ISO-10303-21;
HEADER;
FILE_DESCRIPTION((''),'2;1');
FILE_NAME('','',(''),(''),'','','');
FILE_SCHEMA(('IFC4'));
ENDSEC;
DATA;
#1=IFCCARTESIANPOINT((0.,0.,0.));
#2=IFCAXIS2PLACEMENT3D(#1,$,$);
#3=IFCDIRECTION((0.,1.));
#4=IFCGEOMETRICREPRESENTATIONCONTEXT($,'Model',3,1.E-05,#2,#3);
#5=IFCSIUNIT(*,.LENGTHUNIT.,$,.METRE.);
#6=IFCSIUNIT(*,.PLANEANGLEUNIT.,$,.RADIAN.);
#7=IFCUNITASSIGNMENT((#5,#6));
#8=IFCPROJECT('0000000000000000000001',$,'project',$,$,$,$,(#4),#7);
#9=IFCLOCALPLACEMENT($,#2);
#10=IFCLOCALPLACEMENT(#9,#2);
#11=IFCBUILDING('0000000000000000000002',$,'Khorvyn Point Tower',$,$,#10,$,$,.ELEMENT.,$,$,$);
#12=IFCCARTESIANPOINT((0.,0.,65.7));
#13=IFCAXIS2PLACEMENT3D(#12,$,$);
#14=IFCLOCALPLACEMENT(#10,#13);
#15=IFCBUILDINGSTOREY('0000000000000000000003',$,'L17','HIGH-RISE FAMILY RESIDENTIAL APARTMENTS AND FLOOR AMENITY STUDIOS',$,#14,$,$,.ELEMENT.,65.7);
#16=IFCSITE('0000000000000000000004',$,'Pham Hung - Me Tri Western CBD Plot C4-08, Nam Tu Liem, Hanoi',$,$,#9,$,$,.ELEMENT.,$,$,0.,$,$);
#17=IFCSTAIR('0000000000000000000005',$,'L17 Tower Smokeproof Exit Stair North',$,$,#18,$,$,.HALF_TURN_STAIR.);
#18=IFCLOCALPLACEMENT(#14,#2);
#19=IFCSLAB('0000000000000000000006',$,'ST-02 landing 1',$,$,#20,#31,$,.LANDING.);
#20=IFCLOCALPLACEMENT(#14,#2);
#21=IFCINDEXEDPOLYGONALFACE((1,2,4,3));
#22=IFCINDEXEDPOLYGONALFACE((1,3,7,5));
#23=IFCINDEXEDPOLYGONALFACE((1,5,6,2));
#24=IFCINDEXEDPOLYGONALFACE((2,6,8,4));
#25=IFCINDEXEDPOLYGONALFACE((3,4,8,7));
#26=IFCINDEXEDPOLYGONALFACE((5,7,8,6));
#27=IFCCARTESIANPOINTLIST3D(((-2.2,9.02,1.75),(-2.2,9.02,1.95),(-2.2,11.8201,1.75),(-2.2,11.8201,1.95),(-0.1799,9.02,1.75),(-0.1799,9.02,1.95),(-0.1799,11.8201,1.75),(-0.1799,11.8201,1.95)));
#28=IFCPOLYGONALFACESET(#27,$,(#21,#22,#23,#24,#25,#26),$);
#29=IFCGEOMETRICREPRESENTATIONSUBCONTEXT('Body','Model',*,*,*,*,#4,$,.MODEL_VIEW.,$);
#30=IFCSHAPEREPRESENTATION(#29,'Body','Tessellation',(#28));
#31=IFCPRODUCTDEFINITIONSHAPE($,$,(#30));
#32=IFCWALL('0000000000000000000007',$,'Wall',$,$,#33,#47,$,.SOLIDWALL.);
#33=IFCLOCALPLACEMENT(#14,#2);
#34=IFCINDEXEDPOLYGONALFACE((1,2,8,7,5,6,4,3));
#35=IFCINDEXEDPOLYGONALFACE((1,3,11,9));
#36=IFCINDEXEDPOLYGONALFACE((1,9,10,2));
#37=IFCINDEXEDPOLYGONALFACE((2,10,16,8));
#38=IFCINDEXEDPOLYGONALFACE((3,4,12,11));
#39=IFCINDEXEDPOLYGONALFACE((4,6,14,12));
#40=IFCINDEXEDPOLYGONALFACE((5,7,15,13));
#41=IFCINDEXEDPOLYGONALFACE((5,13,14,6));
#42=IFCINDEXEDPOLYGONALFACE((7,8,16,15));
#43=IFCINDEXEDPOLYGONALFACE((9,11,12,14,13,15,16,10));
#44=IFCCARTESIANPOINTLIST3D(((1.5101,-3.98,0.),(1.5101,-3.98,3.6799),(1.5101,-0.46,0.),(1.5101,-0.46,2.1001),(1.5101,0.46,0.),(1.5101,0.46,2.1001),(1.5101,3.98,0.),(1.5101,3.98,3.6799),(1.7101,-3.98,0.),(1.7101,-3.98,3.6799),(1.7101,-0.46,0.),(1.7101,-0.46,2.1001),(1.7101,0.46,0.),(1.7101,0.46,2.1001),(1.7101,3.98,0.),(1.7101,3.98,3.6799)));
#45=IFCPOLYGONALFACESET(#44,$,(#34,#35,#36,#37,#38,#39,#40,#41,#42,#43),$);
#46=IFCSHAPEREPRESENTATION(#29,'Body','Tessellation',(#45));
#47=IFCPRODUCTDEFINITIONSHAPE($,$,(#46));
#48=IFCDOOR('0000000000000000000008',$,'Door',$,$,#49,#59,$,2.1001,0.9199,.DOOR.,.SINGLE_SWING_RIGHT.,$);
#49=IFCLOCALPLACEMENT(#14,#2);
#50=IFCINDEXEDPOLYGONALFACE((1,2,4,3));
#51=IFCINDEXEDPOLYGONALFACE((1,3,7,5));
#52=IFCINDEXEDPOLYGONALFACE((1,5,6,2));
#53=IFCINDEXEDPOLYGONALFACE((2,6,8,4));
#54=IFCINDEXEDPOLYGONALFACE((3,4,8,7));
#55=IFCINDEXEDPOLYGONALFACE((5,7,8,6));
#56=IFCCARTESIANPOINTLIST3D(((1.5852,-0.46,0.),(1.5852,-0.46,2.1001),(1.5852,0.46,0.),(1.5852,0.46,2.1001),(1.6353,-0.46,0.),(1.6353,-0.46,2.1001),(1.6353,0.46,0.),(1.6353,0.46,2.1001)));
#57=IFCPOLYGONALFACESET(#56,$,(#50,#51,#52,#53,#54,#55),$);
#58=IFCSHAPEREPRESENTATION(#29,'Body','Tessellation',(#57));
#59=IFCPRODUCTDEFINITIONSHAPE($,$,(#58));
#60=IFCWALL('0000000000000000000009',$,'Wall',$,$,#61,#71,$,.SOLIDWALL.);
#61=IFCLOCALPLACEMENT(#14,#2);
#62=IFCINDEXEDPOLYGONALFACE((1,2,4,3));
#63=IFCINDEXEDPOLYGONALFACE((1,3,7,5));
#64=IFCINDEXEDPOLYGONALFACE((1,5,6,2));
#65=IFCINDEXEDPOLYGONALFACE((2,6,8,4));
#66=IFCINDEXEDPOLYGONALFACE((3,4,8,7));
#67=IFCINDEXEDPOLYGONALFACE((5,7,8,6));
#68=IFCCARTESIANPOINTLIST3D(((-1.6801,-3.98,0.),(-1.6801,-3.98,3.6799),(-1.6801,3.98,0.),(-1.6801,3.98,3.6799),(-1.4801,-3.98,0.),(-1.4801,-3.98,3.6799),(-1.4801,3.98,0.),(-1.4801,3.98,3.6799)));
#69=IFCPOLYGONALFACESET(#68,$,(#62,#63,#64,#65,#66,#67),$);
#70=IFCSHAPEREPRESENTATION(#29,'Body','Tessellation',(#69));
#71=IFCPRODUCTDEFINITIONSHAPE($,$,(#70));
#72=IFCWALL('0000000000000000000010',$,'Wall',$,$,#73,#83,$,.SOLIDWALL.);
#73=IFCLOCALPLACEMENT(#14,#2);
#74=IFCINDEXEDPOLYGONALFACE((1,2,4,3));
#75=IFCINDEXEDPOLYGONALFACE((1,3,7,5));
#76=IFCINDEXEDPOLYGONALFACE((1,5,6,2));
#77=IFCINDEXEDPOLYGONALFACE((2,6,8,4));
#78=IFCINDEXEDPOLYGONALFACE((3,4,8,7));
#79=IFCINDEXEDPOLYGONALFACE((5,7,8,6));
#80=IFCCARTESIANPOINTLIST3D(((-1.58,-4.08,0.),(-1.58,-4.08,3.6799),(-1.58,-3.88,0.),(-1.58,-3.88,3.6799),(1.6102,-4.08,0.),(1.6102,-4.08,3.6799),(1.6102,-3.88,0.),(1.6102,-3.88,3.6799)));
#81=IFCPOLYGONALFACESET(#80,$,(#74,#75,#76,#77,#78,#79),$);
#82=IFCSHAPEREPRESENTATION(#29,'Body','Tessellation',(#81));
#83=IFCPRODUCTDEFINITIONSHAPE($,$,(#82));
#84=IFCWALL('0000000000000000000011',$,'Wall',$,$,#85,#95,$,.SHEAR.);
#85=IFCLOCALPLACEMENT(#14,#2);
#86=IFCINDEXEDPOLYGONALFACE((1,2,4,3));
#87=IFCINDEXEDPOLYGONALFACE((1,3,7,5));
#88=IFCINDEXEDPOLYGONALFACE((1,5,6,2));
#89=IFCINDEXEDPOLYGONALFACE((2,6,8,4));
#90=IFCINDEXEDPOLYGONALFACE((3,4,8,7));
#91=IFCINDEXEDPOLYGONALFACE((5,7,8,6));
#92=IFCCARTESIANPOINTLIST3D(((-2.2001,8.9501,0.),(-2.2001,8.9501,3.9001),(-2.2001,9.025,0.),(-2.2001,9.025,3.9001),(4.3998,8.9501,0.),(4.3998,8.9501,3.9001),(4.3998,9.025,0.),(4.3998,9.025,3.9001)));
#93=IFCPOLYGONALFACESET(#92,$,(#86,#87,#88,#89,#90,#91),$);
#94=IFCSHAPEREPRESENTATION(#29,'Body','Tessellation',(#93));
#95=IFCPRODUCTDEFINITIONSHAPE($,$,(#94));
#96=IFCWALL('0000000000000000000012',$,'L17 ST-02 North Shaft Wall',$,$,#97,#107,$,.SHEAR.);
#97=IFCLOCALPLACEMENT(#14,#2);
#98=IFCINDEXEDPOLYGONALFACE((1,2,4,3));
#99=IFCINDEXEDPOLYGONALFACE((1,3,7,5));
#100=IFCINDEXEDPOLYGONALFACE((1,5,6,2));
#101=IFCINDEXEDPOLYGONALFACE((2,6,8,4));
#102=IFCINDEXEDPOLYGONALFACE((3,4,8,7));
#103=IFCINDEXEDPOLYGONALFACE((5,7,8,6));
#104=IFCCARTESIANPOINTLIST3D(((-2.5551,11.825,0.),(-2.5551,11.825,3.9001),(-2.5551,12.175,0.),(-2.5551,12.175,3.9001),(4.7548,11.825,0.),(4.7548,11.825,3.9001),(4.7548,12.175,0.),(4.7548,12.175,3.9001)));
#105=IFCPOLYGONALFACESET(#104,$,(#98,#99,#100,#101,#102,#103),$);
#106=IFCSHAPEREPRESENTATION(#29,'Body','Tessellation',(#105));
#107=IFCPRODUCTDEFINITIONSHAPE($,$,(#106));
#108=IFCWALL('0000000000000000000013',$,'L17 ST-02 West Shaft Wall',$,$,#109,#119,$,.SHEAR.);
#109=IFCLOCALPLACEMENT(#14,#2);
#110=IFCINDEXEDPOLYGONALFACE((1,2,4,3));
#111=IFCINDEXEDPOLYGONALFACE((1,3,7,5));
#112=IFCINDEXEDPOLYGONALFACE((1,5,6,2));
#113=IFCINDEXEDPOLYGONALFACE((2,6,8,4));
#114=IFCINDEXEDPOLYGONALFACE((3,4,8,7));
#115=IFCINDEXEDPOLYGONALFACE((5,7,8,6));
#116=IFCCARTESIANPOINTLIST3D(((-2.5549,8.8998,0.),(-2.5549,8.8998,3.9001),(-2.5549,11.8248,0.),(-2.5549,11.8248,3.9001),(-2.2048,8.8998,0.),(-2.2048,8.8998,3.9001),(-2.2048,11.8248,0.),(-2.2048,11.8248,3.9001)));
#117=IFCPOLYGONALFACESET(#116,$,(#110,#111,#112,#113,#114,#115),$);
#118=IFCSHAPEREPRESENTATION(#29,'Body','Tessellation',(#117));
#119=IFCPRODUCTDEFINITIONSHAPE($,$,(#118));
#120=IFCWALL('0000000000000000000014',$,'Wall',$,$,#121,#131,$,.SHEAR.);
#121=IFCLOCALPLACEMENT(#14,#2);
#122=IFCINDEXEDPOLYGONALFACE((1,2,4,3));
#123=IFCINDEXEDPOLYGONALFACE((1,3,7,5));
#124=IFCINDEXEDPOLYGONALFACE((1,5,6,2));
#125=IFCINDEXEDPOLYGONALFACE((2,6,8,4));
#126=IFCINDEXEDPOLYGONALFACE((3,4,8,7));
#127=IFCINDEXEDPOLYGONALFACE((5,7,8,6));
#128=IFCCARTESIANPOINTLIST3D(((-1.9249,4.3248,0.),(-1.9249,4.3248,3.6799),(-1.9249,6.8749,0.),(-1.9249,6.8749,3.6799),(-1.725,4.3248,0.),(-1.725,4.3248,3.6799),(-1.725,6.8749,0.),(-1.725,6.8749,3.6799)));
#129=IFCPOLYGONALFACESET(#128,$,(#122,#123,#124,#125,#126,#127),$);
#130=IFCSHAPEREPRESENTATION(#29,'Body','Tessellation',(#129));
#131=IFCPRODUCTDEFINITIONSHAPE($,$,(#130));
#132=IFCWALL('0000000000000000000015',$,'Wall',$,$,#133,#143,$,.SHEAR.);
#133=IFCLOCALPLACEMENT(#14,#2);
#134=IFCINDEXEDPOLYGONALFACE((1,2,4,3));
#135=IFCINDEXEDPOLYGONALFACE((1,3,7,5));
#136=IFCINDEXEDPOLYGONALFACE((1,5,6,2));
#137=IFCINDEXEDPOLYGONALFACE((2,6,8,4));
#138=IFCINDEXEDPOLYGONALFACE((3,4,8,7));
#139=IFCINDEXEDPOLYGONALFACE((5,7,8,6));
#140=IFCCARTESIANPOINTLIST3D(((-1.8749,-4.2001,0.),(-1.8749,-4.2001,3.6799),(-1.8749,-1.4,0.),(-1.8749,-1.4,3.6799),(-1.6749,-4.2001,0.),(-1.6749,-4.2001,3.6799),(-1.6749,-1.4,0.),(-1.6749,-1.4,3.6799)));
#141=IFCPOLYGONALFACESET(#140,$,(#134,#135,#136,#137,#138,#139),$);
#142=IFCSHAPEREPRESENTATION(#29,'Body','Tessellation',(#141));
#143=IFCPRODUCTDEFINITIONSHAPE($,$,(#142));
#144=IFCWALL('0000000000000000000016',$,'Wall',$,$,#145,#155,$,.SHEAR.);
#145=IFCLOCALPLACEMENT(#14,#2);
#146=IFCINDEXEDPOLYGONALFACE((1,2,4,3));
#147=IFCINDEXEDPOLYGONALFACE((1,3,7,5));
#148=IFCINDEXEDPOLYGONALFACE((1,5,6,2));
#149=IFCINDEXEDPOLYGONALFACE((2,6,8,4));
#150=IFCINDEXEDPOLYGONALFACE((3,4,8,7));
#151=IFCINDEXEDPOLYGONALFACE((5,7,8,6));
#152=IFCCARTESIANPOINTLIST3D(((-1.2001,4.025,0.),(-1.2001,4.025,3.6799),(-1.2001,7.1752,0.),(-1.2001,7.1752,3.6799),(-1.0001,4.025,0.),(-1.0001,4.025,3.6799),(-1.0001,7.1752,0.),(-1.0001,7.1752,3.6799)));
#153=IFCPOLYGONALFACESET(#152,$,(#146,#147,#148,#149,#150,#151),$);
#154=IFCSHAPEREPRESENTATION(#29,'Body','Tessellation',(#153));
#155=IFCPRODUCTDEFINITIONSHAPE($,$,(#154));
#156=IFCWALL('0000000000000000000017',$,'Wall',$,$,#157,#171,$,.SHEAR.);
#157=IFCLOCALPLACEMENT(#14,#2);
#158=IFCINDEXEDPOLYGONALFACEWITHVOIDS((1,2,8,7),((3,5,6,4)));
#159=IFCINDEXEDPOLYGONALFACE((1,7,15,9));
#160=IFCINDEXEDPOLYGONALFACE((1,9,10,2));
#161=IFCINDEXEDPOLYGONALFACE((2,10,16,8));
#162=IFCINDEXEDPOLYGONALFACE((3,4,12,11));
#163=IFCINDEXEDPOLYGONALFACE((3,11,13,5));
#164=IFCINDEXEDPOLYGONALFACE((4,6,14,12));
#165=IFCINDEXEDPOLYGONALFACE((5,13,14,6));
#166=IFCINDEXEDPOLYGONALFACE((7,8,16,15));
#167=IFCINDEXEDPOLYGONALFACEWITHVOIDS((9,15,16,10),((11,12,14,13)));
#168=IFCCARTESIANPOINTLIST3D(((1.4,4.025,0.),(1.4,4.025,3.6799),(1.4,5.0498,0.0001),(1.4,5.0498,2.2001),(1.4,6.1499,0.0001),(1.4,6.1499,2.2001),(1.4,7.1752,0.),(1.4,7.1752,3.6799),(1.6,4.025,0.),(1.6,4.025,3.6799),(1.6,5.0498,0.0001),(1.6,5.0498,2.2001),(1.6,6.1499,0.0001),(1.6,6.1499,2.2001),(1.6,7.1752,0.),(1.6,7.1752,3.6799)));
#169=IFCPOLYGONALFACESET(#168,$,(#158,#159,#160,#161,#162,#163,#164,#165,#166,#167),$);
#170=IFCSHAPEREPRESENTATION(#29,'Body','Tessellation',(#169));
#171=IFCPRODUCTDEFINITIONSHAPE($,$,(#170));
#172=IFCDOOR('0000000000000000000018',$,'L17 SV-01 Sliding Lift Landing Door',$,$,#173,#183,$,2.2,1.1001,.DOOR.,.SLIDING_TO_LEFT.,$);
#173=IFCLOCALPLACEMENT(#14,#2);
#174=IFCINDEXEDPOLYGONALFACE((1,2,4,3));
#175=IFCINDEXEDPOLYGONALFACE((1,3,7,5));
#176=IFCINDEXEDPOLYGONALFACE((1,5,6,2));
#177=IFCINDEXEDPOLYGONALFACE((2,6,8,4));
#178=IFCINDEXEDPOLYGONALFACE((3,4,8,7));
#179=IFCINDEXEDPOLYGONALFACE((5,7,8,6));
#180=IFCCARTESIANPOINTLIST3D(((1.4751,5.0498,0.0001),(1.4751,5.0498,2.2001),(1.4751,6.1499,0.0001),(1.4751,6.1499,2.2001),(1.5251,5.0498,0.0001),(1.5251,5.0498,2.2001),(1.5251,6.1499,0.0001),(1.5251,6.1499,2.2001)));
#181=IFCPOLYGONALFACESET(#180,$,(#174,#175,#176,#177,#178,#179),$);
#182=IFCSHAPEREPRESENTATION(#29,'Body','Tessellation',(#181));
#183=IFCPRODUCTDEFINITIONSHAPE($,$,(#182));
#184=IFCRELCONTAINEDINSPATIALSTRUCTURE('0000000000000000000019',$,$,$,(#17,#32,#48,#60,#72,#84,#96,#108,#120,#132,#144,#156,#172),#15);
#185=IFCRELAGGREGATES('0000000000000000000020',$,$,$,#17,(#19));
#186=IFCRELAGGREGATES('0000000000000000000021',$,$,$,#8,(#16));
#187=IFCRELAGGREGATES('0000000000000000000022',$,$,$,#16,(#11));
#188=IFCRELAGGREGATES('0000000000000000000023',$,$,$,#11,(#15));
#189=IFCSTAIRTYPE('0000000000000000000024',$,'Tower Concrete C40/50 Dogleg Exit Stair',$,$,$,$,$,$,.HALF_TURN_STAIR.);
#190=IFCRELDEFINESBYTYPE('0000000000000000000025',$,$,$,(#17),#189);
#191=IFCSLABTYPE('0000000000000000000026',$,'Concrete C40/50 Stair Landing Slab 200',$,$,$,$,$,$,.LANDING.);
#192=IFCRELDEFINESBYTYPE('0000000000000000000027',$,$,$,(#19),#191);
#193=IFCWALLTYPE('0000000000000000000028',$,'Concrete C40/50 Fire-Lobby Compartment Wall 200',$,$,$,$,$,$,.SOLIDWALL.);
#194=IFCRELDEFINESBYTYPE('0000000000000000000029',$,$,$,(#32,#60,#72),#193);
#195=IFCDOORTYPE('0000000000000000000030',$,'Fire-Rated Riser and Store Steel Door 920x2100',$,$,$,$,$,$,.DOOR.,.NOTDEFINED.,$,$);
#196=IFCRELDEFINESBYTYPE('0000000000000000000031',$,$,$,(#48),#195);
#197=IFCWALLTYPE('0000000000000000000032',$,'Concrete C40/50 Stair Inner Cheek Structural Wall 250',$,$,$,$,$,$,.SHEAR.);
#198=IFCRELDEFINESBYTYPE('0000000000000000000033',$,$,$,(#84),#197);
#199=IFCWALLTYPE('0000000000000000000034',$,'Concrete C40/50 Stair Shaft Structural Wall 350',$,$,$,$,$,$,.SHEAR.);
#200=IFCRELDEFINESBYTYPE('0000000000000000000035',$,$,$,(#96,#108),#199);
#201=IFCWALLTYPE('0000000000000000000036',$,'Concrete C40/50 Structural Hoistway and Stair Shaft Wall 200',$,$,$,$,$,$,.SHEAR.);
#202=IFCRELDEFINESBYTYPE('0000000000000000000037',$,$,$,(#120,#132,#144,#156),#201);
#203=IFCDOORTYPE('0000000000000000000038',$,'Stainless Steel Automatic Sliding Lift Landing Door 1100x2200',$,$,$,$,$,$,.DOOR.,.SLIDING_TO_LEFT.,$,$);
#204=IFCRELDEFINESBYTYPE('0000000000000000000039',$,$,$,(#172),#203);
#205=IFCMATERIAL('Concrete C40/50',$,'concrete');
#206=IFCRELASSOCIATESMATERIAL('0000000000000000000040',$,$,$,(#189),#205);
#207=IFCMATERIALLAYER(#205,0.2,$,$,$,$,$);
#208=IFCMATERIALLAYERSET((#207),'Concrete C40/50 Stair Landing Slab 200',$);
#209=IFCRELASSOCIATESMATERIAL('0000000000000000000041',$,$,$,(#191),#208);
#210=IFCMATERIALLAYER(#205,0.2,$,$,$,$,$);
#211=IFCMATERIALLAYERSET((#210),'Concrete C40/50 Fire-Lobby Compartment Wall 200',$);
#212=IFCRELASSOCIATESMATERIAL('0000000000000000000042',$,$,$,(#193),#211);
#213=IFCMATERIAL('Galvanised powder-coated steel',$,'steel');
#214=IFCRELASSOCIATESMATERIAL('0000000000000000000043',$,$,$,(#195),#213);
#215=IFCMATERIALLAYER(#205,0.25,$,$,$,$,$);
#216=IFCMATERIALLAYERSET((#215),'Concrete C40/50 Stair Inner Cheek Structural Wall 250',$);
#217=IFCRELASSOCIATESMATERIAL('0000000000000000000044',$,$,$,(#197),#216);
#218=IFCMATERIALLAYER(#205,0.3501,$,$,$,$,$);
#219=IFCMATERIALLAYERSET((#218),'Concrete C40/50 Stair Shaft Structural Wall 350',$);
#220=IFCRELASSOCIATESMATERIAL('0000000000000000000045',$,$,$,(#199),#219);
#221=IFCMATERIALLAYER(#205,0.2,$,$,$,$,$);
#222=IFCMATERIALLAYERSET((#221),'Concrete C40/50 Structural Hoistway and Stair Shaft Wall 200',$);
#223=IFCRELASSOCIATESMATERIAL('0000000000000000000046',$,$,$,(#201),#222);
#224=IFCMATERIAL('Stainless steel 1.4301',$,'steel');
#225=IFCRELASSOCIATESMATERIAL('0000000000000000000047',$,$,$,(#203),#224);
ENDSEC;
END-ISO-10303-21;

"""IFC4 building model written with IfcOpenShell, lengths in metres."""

from ifc_helpers import new_model, si_unit, direction, frame, frame_2d, origin, place, context, subcontext, project, spatial, polyline, rectangle, outline, extrude, material, layer, layer_set, type_object, element, fill, aggregate, save


model = new_model("IFC4")

# Units and contexts
model_context = context("Model", 3, precision=1e-05, world=origin(), true_north=direction((0.0, 1.0)))
body_context = subcontext(model_context, "Body", "Model", "MODEL_VIEW")
ifc_project = project(units=[si_unit("LENGTHUNIT", "METRE"), si_unit("PLANEANGLEUNIT", "RADIAN")], contexts=[model_context])

# Site, building, storey
site_placement = place(None, origin())
site = spatial("IfcSite", under=ifc_project, at=site_placement, Name="Pham Hung - Me Tri Western CBD Plot C4-08, Nam Tu Liem, Hanoi", CompositionType="ELEMENT", RefElevation=0.0)
building_placement = place(site_placement, origin())
building = spatial("IfcBuilding", under=site, at=building_placement, Name="Khorvyn Point Tower", CompositionType="ELEMENT")
storey_placement = place(building_placement, frame((0.0, 0.0, 65.7)))
storey = spatial("IfcBuildingStorey", under=building, at=storey_placement, Name="L17", Description="HIGH-RISE FAMILY RESIDENTIAL APARTMENTS AND FLOOR AMENITY STUDIOS", CompositionType="ELEMENT", Elevation=65.7)

# Shared definitions
ifc_material_1 = material(Name="Concrete C40/50", Category="concrete")

# Stair, slab
stair_type = type_object("IfcStairType", Name="Tower Concrete C40/50 Dogleg Exit Stair", PredefinedType="HALF_TURN_STAIR", material=ifc_material_1)
ifc_layer_1 = layer(ifc_material_1, 0.2)
ifc_layer_set_1 = layer_set([ifc_layer_1], Name="Concrete C40/50 Stair Landing Slab 200")
slab_type_1 = type_object("IfcSlabType", Name="Concrete C40/50 Stair Landing Slab 200", PredefinedType="LANDING", material=ifc_layer_set_1)
stair_1_placement = place(storey_placement, origin())
stair_1 = element("IfcStair", 1, at=stair_1_placement, inside=storey, type_object=stair_type, Name="L17 Tower Smokeproof Exit Stair North", PredefinedType="HALF_TURN_STAIR")
slab_1_placement = place(storey_placement, frame((0.0, 0.0, 1.75)))
slab_1 = element("IfcSlab", 2, at=slab_1_placement, type_object=slab_type_1, Name="ST-02 landing 1", PredefinedType="LANDING", context=body_context, shape_type="SweptSolid", body=[
    extrude(outline(polyline([(-0.1799, 11.8201), (-2.2, 11.8201), (-2.2, 9.02), (-0.1799, 9.02), (-0.1799, 11.8201)])), origin(), (0.0, 0.0, 1.0), 0.2),
])

# Wall, opening, door
ifc_layer_2 = layer(ifc_material_1, 0.2)
ifc_layer_set_2 = layer_set([ifc_layer_2], Name="Concrete C40/50 Fire-Lobby Compartment Wall 200")
wall_type_1 = type_object("IfcWallType", Name="Concrete C40/50 Fire-Lobby Compartment Wall 200", PredefinedType="SOLIDWALL", material=ifc_layer_set_2)
wall_1_placement = place(storey_placement, frame((1.6101, -3.98, 0.0), z_axis=(0.0, 0.0, 1.0), x_axis=(0.0, 1.0, 0.0)))
wall_1 = element("IfcWall", 3, at=wall_1_placement, inside=storey, type_object=wall_type_1, Name="Wall", PredefinedType="SOLIDWALL", context=body_context, shape_type="SweptSolid", body=[
    extrude(rectangle(XDim=7.96, YDim=0.2, at=frame_2d((3.98, 0.0))), origin(), (0.0, 0.0, 1.0), 3.6799),
])
opening_1_placement = place(wall_1_placement, frame((3.52, 0.0, 0.0)))
opening_1 = element("IfcOpeningElement", 4, at=opening_1_placement, cuts=wall_1, PredefinedType="OPENING", context=body_context, shape_type="SweptSolid", body=[
    extrude(rectangle(XDim=0.9199, YDim=2.1001, at=frame_2d((0.46, 1.05))), frame((0.0, 0.1099, 0.0), z_axis=(0.0, -1.0, 0.0), x_axis=(1.0, 0.0, 0.0)), (0.0, 0.0, 1.0), 0.22),
])
ifc_material_2 = material(Name="Galvanised powder-coated steel", Category="steel")
door_type_1 = type_object("IfcDoorType", Name="Fire-Rated Riser and Store Steel Door 920x2100", OperationType="NOTDEFINED", PredefinedType="DOOR", material=ifc_material_2)
door_1_placement = place(opening_1_placement, origin())
door_1 = element("IfcDoor", 5, at=door_1_placement, inside=storey, type_object=door_type_1, Name="Door", OperationType="SINGLE_SWING_RIGHT", OverallHeight=2.1001, OverallWidth=0.9199, PredefinedType="DOOR", context=body_context, shape_type="SweptSolid", body=[
    extrude(rectangle(XDim=0.9199, YDim=2.1001, at=frame_2d((0.46, 1.05))), frame((0.0, 0.0249, 0.0), z_axis=(0.0, -1.0, 0.0), x_axis=(1.0, 0.0, 0.0)), (0.0, 0.0, 1.0), 0.05),
])
fill(opening_1, door_1)

# Walls
wall_2_placement = place(storey_placement, frame((-1.5801, -3.98, 0.0), z_axis=(0.0, 0.0, 1.0), x_axis=(0.0, 1.0, 0.0)))
element("IfcWall", 6, at=wall_2_placement, inside=storey, type_object=wall_type_1, Name="Wall", PredefinedType="SOLIDWALL", context=body_context, shape_type="SweptSolid", body=[
    extrude(rectangle(XDim=7.96, YDim=0.2, at=frame_2d((3.98, 0.0))), origin(), (0.0, 0.0, 1.0), 3.6799),
])
wall_3_placement = place(storey_placement, frame((-1.5801, -3.98, 0.0), z_axis=(0.0, 0.0, 1.0), x_axis=(1.0, 0.0, 0.0)))
element("IfcWall", 7, at=wall_3_placement, inside=storey, type_object=wall_type_1, Name="Wall", PredefinedType="SOLIDWALL", context=body_context, shape_type="SweptSolid", body=[
    extrude(rectangle(XDim=3.1902, YDim=0.2, at=frame_2d((1.5952, 0.0))), origin(), (0.0, 0.0, 1.0), 3.6799),
])
ifc_layer_3 = layer(ifc_material_1, 0.25)
ifc_layer_set_3 = layer_set([ifc_layer_3], Name="Concrete C40/50 Stair Inner Cheek Structural Wall 250")
wall_type_2 = type_object("IfcWallType", Name="Concrete C40/50 Stair Inner Cheek Structural Wall 250", PredefinedType="SHEAR", material=ifc_layer_set_3)
wall_4_placement = place(storey_placement, frame((-2.2, 8.9875, 0.0), z_axis=(0.0, 0.0, 1.0), x_axis=(1.0, 0.0, 0.0)))
element("IfcWall", 8, at=wall_4_placement, inside=storey, type_object=wall_type_2, Name="Wall", PredefinedType="SHEAR", context=body_context, shape_type="SweptSolid", body=[
    extrude(rectangle(XDim=6.5999, YDim=0.075, at=frame_2d((3.2998, 0.0))), origin(), (0.0, 0.0, 1.0), 3.9001),
])
ifc_layer_4 = layer(ifc_material_1, 0.3501)
ifc_layer_set_4 = layer_set([ifc_layer_4], Name="Concrete C40/50 Stair Shaft Structural Wall 350")
wall_type_3 = type_object("IfcWallType", Name="Concrete C40/50 Stair Shaft Structural Wall 350", PredefinedType="SHEAR", material=ifc_layer_set_4)
wall_5_placement = place(storey_placement, frame((-2.5549, 12.0, 0.0), z_axis=(0.0, 0.0, 1.0), x_axis=(1.0, 0.0, 0.0)))
element("IfcWall", 9, at=wall_5_placement, inside=storey, type_object=wall_type_3, Name="L17 ST-02 North Shaft Wall", PredefinedType="SHEAR", context=body_context, shape_type="SweptSolid", body=[
    extrude(rectangle(XDim=7.3098, YDim=0.3501, at=frame_2d((3.6548, 0.0))), origin(), (0.0, 0.0, 1.0), 3.9001),
])
wall_6_placement = place(storey_placement, frame((-2.3799, 8.8999, 0.0), z_axis=(0.0, 0.0, 1.0), x_axis=(0.0, 1.0, 0.0)))
element("IfcWall", 10, at=wall_6_placement, inside=storey, type_object=wall_type_3, Name="L17 ST-02 West Shaft Wall", PredefinedType="SHEAR", context=body_context, shape_type="SweptSolid", body=[
    extrude(rectangle(XDim=2.925, YDim=0.3501, at=frame_2d((1.4624, 0.0))), origin(), (0.0, 0.0, 1.0), 3.9001),
])
ifc_layer_5 = layer(ifc_material_1, 0.2)
ifc_layer_set_5 = layer_set([ifc_layer_5], Name="Concrete C40/50 Structural Hoistway and Stair Shaft Wall 200")
wall_type_4 = type_object("IfcWallType", Name="Concrete C40/50 Structural Hoistway and Stair Shaft Wall 200", PredefinedType="SHEAR", material=ifc_layer_set_5)
wall_7_placement = place(storey_placement, frame((-1.825, 4.325, 0.0), z_axis=(0.0, 0.0, 1.0), x_axis=(0.0, 1.0, 0.0)))
element("IfcWall", 11, at=wall_7_placement, inside=storey, type_object=wall_type_4, Name="Wall", PredefinedType="SHEAR", context=body_context, shape_type="SweptSolid", body=[
    extrude(rectangle(XDim=2.55, YDim=0.2, at=frame_2d((1.2749, 0.0))), origin(), (0.0, 0.0, 1.0), 3.6799),
])
wall_8_placement = place(storey_placement, frame((-1.7749, -4.2, 0.0), z_axis=(0.0, 0.0, 1.0), x_axis=(0.0, 1.0, 0.0)))
element("IfcWall", 12, at=wall_8_placement, inside=storey, type_object=wall_type_4, Name="Wall", PredefinedType="SHEAR", context=body_context, shape_type="SweptSolid", body=[
    extrude(rectangle(XDim=2.8, YDim=0.2, at=frame_2d((1.3999, 0.0))), origin(), (0.0, 0.0, 1.0), 3.6799),
])
wall_9_placement = place(storey_placement, frame((-1.1001, 4.0249, 0.0), z_axis=(0.0, 0.0, 1.0), x_axis=(0.0, 1.0, 0.0)))
element("IfcWall", 13, at=wall_9_placement, inside=storey, type_object=wall_type_4, Name="Wall", PredefinedType="SHEAR", context=body_context, shape_type="SweptSolid", body=[
    extrude(rectangle(XDim=3.1501, YDim=0.2, at=frame_2d((1.5752, 0.0))), origin(), (0.0, 0.0, 1.0), 3.6799),
])

# Wall, opening, door
wall_10_placement = place(storey_placement, frame((1.5, 4.0249, 0.0), z_axis=(0.0, 0.0, 1.0), x_axis=(0.0, 1.0, 0.0)))
wall_10 = element("IfcWall", 14, at=wall_10_placement, inside=storey, type_object=wall_type_4, Name="Wall", PredefinedType="SHEAR", context=body_context, shape_type="SweptSolid", body=[
    extrude(rectangle(XDim=3.1501, YDim=0.2, at=frame_2d((1.5752, 0.0))), origin(), (0.0, 0.0, 1.0), 3.6799),
])
opening_2_placement = place(wall_10_placement, frame((1.0249, 0.0, 0.0)))
opening_2 = element("IfcOpeningElement", 15, at=opening_2_placement, cuts=wall_10, PredefinedType="OPENING", context=body_context, shape_type="SweptSolid", body=[
    extrude(rectangle(XDim=1.1001, YDim=2.2, at=frame_2d((0.55, 1.1001))), frame((0.0, 0.1099, 0.0), z_axis=(0.0, -1.0, 0.0), x_axis=(1.0, 0.0, 0.0)), (0.0, 0.0, 1.0), 0.22),
])
ifc_material_3 = material(Name="Stainless steel 1.4301", Category="steel")
door_type_2 = type_object("IfcDoorType", Name="Stainless Steel Automatic Sliding Lift Landing Door 1100x2200", OperationType="SLIDING_TO_LEFT", PredefinedType="DOOR", material=ifc_material_3)
door_2_placement = place(opening_2_placement, origin())
door_2 = element("IfcDoor", 16, at=door_2_placement, inside=storey, type_object=door_type_2, Name="L17 SV-01 Sliding Lift Landing Door", OperationType="SLIDING_TO_LEFT", OverallHeight=2.2, OverallWidth=1.1001, PredefinedType="DOOR", context=body_context, shape_type="SweptSolid", body=[
    extrude(rectangle(XDim=1.1001, YDim=2.2, at=frame_2d((0.55, 1.1001))), frame((0.0, 0.0249, 0.0), z_axis=(0.0, -1.0, 0.0), x_axis=(1.0, 0.0, 0.0)), (0.0, 0.0, 1.0), 0.05),
])
fill(opening_2, door_2)

aggregate(stair_1, [slab_1])

save(model, "model.ifc")
